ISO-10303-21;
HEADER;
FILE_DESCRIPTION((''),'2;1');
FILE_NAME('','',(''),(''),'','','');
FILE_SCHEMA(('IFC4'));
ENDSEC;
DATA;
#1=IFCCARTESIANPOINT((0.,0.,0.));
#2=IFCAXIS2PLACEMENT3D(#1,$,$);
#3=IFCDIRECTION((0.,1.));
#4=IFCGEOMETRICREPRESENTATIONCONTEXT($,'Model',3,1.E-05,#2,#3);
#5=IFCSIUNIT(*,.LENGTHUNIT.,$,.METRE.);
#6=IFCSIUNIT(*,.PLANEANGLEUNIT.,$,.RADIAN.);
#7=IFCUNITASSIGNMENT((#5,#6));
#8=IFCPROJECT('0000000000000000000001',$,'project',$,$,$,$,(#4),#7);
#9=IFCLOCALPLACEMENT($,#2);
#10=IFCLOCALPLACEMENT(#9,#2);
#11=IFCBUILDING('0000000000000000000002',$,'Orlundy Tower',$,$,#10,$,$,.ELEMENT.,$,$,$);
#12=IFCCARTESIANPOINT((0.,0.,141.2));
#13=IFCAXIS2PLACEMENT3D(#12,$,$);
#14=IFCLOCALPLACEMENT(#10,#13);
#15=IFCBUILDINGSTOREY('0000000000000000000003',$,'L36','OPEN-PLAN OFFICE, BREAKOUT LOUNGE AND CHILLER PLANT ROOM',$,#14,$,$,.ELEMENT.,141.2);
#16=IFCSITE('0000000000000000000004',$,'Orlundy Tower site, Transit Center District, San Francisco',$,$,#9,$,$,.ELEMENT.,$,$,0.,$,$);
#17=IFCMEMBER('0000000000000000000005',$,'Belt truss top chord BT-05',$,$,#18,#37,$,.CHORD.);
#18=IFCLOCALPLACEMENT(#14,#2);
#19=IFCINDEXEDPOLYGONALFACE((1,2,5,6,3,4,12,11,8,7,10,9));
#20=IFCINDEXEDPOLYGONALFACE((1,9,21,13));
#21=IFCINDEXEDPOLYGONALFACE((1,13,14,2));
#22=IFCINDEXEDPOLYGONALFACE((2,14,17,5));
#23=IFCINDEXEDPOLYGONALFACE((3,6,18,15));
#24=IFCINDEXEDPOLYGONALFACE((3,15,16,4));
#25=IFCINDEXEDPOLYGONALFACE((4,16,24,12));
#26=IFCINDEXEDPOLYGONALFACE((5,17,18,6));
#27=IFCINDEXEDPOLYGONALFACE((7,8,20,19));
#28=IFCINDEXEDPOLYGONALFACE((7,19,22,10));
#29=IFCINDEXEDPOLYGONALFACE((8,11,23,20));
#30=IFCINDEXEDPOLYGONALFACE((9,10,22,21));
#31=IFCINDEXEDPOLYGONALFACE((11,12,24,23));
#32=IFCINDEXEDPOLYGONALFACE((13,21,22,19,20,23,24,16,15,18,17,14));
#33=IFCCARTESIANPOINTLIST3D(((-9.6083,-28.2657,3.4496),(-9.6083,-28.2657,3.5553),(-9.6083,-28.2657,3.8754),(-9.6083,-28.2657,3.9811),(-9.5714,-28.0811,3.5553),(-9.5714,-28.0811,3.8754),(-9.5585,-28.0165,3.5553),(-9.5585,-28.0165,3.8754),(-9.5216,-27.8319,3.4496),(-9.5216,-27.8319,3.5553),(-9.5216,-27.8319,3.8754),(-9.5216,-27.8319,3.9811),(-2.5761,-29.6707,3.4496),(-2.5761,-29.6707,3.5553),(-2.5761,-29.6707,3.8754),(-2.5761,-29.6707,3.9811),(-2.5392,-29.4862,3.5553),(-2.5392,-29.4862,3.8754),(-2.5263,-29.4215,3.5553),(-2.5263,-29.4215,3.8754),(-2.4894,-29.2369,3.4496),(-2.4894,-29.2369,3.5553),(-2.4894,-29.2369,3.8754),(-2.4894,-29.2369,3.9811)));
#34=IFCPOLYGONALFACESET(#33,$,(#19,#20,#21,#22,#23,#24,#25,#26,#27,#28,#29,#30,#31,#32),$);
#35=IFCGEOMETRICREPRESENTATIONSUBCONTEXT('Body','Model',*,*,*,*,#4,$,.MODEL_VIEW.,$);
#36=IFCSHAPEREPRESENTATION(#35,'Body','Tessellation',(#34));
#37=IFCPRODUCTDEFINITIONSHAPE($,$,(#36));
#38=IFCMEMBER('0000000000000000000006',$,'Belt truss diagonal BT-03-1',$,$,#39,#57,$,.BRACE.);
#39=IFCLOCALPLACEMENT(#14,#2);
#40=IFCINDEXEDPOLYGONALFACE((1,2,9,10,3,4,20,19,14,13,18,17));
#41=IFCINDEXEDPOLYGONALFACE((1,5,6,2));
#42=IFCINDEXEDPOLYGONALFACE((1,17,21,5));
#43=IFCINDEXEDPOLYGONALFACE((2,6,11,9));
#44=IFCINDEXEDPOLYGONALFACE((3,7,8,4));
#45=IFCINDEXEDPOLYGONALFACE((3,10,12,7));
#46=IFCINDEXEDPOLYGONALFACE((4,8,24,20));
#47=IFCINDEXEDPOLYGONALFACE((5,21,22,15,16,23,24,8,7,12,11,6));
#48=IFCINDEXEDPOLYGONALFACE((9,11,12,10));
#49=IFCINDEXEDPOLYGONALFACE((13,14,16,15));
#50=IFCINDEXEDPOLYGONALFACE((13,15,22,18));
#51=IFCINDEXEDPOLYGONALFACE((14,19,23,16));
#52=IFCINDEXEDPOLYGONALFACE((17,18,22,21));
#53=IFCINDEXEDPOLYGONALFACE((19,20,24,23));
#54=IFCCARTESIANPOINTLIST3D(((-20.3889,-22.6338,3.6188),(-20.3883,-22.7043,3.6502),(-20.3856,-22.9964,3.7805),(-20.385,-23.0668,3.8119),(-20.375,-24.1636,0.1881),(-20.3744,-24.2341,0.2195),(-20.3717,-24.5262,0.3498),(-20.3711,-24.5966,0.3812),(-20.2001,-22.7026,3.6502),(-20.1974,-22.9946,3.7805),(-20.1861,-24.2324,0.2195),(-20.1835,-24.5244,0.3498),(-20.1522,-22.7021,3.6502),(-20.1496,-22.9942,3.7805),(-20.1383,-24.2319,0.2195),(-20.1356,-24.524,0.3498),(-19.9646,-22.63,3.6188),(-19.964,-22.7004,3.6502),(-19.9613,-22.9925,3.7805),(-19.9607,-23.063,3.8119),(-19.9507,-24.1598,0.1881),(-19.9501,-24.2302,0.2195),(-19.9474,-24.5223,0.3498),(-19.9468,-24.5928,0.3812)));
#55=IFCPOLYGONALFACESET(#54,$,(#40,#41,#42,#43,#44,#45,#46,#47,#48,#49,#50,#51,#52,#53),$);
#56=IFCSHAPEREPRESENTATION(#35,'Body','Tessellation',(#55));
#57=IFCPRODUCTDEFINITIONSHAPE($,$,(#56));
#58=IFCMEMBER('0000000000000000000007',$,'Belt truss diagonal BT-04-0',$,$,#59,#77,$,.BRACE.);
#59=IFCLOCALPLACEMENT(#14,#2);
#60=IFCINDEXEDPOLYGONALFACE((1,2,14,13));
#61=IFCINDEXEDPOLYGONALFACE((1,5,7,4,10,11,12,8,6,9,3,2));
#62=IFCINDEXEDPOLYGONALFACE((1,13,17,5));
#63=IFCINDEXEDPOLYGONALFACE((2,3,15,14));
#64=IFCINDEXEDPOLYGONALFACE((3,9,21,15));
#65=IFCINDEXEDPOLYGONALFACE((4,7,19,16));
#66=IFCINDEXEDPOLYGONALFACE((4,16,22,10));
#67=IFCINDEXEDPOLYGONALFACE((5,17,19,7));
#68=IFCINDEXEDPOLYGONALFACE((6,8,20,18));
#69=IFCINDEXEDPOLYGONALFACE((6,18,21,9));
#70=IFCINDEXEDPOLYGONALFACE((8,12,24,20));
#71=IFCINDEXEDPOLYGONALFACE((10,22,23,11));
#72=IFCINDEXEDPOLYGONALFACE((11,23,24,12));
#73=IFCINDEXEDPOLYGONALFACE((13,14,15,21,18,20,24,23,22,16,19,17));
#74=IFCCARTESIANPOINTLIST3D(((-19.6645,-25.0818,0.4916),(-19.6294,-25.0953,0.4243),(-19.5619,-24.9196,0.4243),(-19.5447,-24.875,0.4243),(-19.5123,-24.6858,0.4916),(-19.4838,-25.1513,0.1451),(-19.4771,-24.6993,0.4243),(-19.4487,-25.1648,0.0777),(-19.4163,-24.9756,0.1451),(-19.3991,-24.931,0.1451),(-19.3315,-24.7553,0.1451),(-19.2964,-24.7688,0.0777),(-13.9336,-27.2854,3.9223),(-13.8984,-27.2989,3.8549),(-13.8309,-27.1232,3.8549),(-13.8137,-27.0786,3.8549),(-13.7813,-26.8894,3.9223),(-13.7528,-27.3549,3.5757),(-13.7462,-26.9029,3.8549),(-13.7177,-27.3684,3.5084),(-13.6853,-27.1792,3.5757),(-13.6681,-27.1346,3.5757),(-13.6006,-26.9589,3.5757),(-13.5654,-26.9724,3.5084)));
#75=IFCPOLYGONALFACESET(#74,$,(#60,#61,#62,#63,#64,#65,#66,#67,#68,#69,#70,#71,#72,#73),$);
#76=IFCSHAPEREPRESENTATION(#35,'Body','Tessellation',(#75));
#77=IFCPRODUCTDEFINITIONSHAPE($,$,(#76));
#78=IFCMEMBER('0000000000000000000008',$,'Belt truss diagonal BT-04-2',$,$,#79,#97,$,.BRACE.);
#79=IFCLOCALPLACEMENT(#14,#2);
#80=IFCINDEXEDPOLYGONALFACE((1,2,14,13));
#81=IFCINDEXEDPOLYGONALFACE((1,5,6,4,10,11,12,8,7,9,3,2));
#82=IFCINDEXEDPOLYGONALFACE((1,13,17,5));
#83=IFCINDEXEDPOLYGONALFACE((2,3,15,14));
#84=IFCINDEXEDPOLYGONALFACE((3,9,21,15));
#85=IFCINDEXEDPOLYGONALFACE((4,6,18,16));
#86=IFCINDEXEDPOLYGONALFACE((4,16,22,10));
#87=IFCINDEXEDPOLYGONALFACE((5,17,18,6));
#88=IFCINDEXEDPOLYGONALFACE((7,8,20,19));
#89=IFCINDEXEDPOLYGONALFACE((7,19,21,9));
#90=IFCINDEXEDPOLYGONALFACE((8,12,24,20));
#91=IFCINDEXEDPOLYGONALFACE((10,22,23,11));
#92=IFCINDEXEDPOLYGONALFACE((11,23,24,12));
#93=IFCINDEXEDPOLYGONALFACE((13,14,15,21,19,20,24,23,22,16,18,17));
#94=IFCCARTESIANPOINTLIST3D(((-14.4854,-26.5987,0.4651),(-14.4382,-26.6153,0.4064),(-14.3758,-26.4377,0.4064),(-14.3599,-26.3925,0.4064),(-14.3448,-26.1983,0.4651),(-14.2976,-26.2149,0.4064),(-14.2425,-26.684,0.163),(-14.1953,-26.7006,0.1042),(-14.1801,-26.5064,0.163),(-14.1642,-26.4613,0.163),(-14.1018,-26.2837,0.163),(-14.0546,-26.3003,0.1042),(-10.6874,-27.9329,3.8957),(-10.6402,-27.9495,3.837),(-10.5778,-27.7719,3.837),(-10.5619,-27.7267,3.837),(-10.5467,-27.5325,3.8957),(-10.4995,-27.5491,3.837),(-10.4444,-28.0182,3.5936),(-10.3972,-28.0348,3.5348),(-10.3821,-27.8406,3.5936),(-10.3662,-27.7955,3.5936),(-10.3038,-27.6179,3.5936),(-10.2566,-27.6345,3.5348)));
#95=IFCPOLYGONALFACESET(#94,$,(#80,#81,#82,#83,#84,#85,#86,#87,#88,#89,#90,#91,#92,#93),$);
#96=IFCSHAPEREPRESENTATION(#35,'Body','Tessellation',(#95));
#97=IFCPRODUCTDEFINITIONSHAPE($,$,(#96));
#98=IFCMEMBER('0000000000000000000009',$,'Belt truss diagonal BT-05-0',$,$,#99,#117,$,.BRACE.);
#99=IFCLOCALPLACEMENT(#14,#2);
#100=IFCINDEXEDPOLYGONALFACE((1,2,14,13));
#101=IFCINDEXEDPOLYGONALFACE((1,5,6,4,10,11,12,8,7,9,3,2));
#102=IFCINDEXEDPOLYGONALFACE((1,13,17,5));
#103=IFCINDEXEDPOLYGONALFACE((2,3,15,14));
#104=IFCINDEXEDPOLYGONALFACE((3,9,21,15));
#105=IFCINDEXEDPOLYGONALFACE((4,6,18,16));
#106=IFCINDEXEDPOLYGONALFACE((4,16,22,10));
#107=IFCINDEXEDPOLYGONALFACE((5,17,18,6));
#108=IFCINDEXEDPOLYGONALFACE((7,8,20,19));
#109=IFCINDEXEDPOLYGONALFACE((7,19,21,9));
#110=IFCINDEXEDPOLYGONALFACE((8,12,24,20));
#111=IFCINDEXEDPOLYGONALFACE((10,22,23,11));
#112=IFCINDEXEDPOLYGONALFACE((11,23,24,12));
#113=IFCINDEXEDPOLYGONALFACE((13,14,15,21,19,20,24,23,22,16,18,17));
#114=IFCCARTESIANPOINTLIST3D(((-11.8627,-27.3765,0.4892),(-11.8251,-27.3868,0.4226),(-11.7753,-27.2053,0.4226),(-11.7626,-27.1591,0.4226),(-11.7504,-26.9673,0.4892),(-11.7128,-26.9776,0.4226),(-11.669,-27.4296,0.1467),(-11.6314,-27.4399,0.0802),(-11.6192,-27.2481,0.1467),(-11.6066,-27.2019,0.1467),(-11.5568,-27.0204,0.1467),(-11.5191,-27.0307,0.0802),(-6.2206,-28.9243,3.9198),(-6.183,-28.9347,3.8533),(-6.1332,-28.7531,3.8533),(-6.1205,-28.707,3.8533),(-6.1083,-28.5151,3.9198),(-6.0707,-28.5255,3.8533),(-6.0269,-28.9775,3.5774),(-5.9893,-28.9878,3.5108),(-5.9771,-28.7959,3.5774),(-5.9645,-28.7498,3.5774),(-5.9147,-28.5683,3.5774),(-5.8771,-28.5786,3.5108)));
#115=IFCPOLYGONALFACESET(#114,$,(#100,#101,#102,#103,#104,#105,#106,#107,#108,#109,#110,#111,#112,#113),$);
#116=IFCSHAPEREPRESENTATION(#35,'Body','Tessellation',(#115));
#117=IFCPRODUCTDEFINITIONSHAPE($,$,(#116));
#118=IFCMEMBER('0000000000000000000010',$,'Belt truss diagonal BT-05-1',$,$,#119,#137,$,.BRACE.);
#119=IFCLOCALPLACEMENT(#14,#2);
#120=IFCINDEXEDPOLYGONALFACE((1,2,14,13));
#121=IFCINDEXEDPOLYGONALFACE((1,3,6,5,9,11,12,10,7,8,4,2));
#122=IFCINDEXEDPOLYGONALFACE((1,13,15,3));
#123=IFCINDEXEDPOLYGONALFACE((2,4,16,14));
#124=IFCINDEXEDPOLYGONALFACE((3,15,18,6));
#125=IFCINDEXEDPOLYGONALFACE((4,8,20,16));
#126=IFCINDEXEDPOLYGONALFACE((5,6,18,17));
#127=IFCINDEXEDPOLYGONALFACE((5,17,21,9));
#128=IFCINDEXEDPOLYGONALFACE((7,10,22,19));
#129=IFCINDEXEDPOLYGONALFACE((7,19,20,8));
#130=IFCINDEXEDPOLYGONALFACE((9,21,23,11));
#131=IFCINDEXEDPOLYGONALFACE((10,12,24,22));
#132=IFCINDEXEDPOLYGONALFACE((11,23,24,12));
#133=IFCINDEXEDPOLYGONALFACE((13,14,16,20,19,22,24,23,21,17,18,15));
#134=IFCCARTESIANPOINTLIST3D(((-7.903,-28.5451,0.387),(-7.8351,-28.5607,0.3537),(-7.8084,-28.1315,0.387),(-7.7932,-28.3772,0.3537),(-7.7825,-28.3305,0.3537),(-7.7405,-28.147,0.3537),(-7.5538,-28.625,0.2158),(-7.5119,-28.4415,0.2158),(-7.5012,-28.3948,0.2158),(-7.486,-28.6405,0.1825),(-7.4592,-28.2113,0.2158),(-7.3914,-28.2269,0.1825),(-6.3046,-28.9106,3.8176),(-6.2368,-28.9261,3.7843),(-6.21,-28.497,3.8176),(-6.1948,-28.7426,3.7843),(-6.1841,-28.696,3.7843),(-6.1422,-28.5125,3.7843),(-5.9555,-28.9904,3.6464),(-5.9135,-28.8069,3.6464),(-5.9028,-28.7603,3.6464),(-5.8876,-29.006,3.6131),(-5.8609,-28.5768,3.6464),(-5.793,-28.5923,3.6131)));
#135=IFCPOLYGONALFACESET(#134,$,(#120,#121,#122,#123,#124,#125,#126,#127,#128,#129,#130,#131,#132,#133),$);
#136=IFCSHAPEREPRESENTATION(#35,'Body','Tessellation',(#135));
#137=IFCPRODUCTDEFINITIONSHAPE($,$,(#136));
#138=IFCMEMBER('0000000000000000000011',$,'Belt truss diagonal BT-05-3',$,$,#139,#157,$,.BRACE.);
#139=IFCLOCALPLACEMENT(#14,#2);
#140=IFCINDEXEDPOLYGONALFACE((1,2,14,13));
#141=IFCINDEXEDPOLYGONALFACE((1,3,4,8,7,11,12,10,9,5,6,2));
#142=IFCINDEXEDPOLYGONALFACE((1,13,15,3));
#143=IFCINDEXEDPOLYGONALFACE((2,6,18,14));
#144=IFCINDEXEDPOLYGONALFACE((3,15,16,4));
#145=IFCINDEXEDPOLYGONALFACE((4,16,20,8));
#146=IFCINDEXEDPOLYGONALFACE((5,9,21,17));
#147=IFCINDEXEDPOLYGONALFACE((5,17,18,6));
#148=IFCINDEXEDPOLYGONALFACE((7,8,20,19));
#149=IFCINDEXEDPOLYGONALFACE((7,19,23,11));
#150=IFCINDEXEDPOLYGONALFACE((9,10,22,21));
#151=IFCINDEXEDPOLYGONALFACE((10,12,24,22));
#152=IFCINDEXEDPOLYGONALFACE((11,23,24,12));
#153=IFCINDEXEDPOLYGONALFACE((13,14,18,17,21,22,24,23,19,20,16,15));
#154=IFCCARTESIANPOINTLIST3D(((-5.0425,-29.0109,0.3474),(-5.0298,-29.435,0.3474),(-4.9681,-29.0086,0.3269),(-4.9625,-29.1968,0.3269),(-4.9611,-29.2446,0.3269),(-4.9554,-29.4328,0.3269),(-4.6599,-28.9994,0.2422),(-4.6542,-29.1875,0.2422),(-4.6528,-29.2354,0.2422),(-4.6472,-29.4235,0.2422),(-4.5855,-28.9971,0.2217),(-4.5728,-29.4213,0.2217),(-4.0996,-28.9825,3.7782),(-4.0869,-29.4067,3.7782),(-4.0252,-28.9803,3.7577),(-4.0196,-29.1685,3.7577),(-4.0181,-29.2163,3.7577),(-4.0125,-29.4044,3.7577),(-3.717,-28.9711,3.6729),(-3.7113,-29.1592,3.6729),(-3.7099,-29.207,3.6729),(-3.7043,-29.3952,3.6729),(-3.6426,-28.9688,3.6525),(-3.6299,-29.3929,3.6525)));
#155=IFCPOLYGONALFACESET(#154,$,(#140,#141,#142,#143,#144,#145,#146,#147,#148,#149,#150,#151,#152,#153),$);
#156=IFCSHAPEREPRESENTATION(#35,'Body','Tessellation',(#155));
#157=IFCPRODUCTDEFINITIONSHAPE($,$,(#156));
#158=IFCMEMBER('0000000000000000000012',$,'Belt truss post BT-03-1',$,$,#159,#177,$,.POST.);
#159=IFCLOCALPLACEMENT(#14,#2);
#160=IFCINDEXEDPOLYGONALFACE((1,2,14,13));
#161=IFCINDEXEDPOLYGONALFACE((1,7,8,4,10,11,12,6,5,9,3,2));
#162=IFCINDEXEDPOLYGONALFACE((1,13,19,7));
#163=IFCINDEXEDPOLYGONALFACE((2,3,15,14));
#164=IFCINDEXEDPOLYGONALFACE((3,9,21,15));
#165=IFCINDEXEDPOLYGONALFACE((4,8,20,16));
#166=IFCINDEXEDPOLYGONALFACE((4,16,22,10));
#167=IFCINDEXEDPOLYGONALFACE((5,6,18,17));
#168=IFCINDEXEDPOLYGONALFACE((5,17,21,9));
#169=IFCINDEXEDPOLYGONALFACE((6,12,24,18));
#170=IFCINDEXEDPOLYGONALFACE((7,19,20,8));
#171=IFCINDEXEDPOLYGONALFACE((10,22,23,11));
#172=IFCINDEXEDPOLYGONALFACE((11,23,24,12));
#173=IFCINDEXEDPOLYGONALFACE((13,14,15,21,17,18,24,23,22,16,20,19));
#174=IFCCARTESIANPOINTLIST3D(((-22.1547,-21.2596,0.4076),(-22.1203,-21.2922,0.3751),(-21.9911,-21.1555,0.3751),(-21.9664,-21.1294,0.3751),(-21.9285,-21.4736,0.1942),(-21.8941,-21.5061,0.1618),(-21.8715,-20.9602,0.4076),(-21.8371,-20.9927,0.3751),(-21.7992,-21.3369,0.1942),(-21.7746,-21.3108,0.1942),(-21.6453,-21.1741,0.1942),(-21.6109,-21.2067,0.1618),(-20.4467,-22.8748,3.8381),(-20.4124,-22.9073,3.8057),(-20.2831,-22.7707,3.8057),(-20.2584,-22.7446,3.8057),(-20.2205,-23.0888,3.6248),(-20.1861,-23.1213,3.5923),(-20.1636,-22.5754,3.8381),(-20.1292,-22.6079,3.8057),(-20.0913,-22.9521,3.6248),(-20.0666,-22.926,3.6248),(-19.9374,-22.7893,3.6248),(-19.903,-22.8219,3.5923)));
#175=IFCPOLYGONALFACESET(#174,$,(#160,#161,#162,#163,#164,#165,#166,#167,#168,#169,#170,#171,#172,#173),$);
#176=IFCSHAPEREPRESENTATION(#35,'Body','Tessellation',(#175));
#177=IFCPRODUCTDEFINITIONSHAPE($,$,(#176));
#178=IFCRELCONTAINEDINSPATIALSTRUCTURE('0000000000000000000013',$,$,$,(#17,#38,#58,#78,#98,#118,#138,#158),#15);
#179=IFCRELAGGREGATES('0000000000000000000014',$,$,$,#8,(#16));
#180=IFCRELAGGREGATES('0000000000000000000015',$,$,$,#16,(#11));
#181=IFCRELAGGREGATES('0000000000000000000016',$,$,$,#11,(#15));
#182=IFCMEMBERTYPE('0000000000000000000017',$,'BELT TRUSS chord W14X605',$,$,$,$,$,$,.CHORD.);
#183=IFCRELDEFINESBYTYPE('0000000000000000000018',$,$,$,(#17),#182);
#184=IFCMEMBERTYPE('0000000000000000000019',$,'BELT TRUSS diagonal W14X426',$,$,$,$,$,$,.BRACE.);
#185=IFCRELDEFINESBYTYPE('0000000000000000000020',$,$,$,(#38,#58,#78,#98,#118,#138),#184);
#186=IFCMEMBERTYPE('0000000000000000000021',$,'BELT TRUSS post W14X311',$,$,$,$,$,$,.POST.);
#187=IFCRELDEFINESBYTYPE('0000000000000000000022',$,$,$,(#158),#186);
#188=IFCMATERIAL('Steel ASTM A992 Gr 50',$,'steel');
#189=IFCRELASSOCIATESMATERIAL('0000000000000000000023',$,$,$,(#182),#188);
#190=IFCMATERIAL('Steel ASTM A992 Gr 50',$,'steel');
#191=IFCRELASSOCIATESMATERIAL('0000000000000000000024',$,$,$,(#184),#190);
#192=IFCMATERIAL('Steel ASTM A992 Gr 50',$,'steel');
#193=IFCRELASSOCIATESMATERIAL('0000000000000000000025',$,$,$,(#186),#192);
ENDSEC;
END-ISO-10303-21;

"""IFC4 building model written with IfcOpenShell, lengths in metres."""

from ifc_helpers import new_model, si_unit, direction, frame, origin, origin_2d, place, context, subcontext, project, spatial, i_section, extrude, material, material_profile, profile_set, type_object, element, save


model = new_model("IFC4")

# Units and contexts
model_context = context("Model", 3, precision=1e-05, world=origin(), true_north=direction((0.0, 1.0)))
body_context = subcontext(model_context, "Body", "Model", "MODEL_VIEW")
ifc_project = project(units=[si_unit("LENGTHUNIT", "METRE"), si_unit("PLANEANGLEUNIT", "RADIAN")], contexts=[model_context])

# Site, building, storey
site_placement = place(None, origin())
site = spatial("IfcSite", under=ifc_project, at=site_placement, Name="Orlundy Tower site, Transit Center District, San Francisco", CompositionType="ELEMENT", RefElevation=0.0)
building_placement = place(site_placement, origin())
building = spatial("IfcBuilding", under=site, at=building_placement, Name="Orlundy Tower", CompositionType="ELEMENT")
storey_placement = place(building_placement, frame((0.0, 0.0, 141.2)))
storey = spatial("IfcBuildingStorey", under=building, at=storey_placement, Name="L36", Description="OPEN-PLAN OFFICE, BREAKOUT LOUNGE AND CHILLER PLANT ROOM", CompositionType="ELEMENT", Elevation=141.2)

# Members
ifc_material_1 = material(Name="Steel ASTM A992 Gr 50", Category="steel")
ifc_material_profile_1 = material_profile(ifc_material_1, i_section(OverallWidth=0.4424, OverallDepth=0.5315, WebThickness=0.0659, FlangeThickness=0.1057, at=origin_2d()), Name="W14X605")
ifc_profile_set_1 = profile_set([ifc_material_profile_1], Name="Steel ASTM A992 Gr 50")
member_type_1 = type_object("IfcMemberType", Name="BELT TRUSS chord W14X605", PredefinedType="CHORD", material=ifc_profile_set_1)
member_1_placement = place(storey_placement, frame((-9.5649, -28.0488, 3.7153), z_axis=(0.980619, -0.195926, 0.0), x_axis=(0.195926, 0.980619, 0.0)))
element("IfcMember", 1, at=member_1_placement, inside=storey, type_object=member_type_1, Name="Belt truss top chord BT-05", PredefinedType="CHORD", context=body_context, shape_type="SweptSolid", body=[
    extrude(i_section(OverallWidth=0.4424, OverallDepth=0.5315, WebThickness=0.0659, FlangeThickness=0.1057, at=origin_2d()), origin(), (0.0, 0.0, 1.0), 7.1711),
])
ifc_material_2 = material(Name="Steel ASTM A992 Gr 50", Category="steel")
ifc_material_profile_2 = material_profile(ifc_material_2, i_section(OverallWidth=0.4243, OverallDepth=0.4741, WebThickness=0.0479, FlangeThickness=0.0771, at=origin_2d()), Name="W14X426")
ifc_profile_set_2 = profile_set([ifc_material_profile_2], Name="Steel ASTM A992 Gr 50")
member_type_2 = type_object("IfcMemberType", Name="BELT TRUSS diagonal W14X426", PredefinedType="BRACE", material=ifc_profile_set_2)
member_2_placement = place(storey_placement, frame((-20.1748, -22.8484, 3.7153), z_axis=(0.003705, -0.407257, -0.913306), x_axis=(0.999959, 0.009096, 0.0)))
element("IfcMember", 2, at=member_2_placement, inside=storey, type_object=member_type_2, Name="Belt truss diagonal BT-03-1", PredefinedType="BRACE", context=body_context, shape_type="SweptSolid", body=[
    extrude(i_section(OverallWidth=0.4243, OverallDepth=0.4741, WebThickness=0.0479, FlangeThickness=0.0771, at=origin_2d()), origin(), (0.0, 0.0, 1.0), 3.7563),
])
member_3_placement = place(storey_placement, frame((-19.4805, -24.9253, 0.2847), z_axis=(0.814816, -0.313305, 0.487765), x_axis=(0.358894, 0.933378, 0.0)))
element("IfcMember", 3, at=member_3_placement, inside=storey, type_object=member_type_2, Name="Belt truss diagonal BT-04-0", PredefinedType="BRACE", context=body_context, shape_type="SweptSolid", body=[
    extrude(i_section(OverallWidth=0.4243, OverallDepth=0.4741, WebThickness=0.0479, FlangeThickness=0.0771, at=origin_2d()), origin(), (0.0, 0.0, 1.0), 7.0334),
])
member_4_placement = place(storey_placement, frame((-14.27, -26.4495, 0.2847), z_axis=(0.718091, -0.252257, 0.648622), x_axis=(0.331433, 0.943479, 0.0)))
element("IfcMember", 4, at=member_4_placement, inside=storey, type_object=member_type_2, Name="Belt truss diagonal BT-04-2", PredefinedType="BRACE", context=body_context, shape_type="SweptSolid", body=[
    extrude(i_section(OverallWidth=0.4243, OverallDepth=0.4741, WebThickness=0.0479, FlangeThickness=0.0771, at=origin_2d()), origin(), (0.0, 0.0, 1.0), 5.2891),
])
member_5_placement = place(storey_placement, frame((-11.6909, -27.2036, 0.2847), z_axis=(0.831895, -0.228222, 0.505832), x_axis=(0.264565, 0.964368, 0.0)))
element("IfcMember", 5, at=member_5_placement, inside=storey, type_object=member_type_2, Name="Belt truss diagonal BT-05-0", PredefinedType="BRACE", context=body_context, shape_type="SweptSolid", body=[
    extrude(i_section(OverallWidth=0.4243, OverallDepth=0.4741, WebThickness=0.0479, FlangeThickness=0.0771, at=origin_2d()), origin(), (0.0, 0.0, 1.0), 6.7822),
])
member_6_placement = place(storey_placement, frame((-6.0488, -28.7515, 3.7153), z_axis=(-0.420368, 0.096119, -0.902248), x_axis=(-0.222902, -0.974841, 0.0)))
element("IfcMember", 6, at=member_6_placement, inside=storey, type_object=member_type_2, Name="Belt truss diagonal BT-05-1", PredefinedType="BRACE", context=body_context, shape_type="SweptSolid", body=[
    extrude(i_section(OverallWidth=0.4243, OverallDepth=0.4741, WebThickness=0.0479, FlangeThickness=0.0771, at=origin_2d()), origin(), (0.0, 0.0, 1.0), 3.8022),
])
member_7_placement = place(storey_placement, frame((-3.8647, -29.1877, 3.7153), z_axis=(-0.265001, -0.00796, -0.964215), x_axis=(0.030023, -0.999549, 0.0)))
element("IfcMember", 7, at=member_7_placement, inside=storey, type_object=member_type_2, Name="Belt truss diagonal BT-05-3", PredefinedType="BRACE", context=body_context, shape_type="SweptSolid", body=[
    extrude(i_section(OverallWidth=0.4243, OverallDepth=0.4741, WebThickness=0.0479, FlangeThickness=0.0771, at=origin_2d()), origin(), (0.0, 0.0, 1.0), 3.5581),
])
ifc_material_3 = material(Name="Steel ASTM A992 Gr 50", Category="steel")
ifc_material_profile_3 = material_profile(ifc_material_3, i_section(OverallWidth=0.4121, OverallDepth=0.4348, WebThickness=0.0359, FlangeThickness=0.0574, at=origin_2d()), Name="W14X311")
ifc_profile_set_3 = profile_set([ifc_material_profile_3], Name="Steel ASTM A992 Gr 50")
member_type_3 = type_object("IfcMemberType", Name="BELT TRUSS post W14X311", PredefinedType="POST", material=ifc_profile_set_3)
member_8_placement = place(storey_placement, frame((-21.8828, -21.2332, 0.2847), z_axis=(0.410696, -0.388388, 0.824914), x_axis=(0.687099, 0.726564, 0.0)))
element("IfcMember", 8, at=member_8_placement, inside=storey, type_object=member_type_3, Name="Belt truss post BT-03-1", PredefinedType="POST", context=body_context, shape_type="SweptSolid", body=[
    extrude(i_section(OverallWidth=0.4121, OverallDepth=0.4348, WebThickness=0.0359, FlangeThickness=0.0574, at=origin_2d()), origin(), (0.0, 0.0, 1.0), 4.1587),
])

save(model, "model.ifc")
